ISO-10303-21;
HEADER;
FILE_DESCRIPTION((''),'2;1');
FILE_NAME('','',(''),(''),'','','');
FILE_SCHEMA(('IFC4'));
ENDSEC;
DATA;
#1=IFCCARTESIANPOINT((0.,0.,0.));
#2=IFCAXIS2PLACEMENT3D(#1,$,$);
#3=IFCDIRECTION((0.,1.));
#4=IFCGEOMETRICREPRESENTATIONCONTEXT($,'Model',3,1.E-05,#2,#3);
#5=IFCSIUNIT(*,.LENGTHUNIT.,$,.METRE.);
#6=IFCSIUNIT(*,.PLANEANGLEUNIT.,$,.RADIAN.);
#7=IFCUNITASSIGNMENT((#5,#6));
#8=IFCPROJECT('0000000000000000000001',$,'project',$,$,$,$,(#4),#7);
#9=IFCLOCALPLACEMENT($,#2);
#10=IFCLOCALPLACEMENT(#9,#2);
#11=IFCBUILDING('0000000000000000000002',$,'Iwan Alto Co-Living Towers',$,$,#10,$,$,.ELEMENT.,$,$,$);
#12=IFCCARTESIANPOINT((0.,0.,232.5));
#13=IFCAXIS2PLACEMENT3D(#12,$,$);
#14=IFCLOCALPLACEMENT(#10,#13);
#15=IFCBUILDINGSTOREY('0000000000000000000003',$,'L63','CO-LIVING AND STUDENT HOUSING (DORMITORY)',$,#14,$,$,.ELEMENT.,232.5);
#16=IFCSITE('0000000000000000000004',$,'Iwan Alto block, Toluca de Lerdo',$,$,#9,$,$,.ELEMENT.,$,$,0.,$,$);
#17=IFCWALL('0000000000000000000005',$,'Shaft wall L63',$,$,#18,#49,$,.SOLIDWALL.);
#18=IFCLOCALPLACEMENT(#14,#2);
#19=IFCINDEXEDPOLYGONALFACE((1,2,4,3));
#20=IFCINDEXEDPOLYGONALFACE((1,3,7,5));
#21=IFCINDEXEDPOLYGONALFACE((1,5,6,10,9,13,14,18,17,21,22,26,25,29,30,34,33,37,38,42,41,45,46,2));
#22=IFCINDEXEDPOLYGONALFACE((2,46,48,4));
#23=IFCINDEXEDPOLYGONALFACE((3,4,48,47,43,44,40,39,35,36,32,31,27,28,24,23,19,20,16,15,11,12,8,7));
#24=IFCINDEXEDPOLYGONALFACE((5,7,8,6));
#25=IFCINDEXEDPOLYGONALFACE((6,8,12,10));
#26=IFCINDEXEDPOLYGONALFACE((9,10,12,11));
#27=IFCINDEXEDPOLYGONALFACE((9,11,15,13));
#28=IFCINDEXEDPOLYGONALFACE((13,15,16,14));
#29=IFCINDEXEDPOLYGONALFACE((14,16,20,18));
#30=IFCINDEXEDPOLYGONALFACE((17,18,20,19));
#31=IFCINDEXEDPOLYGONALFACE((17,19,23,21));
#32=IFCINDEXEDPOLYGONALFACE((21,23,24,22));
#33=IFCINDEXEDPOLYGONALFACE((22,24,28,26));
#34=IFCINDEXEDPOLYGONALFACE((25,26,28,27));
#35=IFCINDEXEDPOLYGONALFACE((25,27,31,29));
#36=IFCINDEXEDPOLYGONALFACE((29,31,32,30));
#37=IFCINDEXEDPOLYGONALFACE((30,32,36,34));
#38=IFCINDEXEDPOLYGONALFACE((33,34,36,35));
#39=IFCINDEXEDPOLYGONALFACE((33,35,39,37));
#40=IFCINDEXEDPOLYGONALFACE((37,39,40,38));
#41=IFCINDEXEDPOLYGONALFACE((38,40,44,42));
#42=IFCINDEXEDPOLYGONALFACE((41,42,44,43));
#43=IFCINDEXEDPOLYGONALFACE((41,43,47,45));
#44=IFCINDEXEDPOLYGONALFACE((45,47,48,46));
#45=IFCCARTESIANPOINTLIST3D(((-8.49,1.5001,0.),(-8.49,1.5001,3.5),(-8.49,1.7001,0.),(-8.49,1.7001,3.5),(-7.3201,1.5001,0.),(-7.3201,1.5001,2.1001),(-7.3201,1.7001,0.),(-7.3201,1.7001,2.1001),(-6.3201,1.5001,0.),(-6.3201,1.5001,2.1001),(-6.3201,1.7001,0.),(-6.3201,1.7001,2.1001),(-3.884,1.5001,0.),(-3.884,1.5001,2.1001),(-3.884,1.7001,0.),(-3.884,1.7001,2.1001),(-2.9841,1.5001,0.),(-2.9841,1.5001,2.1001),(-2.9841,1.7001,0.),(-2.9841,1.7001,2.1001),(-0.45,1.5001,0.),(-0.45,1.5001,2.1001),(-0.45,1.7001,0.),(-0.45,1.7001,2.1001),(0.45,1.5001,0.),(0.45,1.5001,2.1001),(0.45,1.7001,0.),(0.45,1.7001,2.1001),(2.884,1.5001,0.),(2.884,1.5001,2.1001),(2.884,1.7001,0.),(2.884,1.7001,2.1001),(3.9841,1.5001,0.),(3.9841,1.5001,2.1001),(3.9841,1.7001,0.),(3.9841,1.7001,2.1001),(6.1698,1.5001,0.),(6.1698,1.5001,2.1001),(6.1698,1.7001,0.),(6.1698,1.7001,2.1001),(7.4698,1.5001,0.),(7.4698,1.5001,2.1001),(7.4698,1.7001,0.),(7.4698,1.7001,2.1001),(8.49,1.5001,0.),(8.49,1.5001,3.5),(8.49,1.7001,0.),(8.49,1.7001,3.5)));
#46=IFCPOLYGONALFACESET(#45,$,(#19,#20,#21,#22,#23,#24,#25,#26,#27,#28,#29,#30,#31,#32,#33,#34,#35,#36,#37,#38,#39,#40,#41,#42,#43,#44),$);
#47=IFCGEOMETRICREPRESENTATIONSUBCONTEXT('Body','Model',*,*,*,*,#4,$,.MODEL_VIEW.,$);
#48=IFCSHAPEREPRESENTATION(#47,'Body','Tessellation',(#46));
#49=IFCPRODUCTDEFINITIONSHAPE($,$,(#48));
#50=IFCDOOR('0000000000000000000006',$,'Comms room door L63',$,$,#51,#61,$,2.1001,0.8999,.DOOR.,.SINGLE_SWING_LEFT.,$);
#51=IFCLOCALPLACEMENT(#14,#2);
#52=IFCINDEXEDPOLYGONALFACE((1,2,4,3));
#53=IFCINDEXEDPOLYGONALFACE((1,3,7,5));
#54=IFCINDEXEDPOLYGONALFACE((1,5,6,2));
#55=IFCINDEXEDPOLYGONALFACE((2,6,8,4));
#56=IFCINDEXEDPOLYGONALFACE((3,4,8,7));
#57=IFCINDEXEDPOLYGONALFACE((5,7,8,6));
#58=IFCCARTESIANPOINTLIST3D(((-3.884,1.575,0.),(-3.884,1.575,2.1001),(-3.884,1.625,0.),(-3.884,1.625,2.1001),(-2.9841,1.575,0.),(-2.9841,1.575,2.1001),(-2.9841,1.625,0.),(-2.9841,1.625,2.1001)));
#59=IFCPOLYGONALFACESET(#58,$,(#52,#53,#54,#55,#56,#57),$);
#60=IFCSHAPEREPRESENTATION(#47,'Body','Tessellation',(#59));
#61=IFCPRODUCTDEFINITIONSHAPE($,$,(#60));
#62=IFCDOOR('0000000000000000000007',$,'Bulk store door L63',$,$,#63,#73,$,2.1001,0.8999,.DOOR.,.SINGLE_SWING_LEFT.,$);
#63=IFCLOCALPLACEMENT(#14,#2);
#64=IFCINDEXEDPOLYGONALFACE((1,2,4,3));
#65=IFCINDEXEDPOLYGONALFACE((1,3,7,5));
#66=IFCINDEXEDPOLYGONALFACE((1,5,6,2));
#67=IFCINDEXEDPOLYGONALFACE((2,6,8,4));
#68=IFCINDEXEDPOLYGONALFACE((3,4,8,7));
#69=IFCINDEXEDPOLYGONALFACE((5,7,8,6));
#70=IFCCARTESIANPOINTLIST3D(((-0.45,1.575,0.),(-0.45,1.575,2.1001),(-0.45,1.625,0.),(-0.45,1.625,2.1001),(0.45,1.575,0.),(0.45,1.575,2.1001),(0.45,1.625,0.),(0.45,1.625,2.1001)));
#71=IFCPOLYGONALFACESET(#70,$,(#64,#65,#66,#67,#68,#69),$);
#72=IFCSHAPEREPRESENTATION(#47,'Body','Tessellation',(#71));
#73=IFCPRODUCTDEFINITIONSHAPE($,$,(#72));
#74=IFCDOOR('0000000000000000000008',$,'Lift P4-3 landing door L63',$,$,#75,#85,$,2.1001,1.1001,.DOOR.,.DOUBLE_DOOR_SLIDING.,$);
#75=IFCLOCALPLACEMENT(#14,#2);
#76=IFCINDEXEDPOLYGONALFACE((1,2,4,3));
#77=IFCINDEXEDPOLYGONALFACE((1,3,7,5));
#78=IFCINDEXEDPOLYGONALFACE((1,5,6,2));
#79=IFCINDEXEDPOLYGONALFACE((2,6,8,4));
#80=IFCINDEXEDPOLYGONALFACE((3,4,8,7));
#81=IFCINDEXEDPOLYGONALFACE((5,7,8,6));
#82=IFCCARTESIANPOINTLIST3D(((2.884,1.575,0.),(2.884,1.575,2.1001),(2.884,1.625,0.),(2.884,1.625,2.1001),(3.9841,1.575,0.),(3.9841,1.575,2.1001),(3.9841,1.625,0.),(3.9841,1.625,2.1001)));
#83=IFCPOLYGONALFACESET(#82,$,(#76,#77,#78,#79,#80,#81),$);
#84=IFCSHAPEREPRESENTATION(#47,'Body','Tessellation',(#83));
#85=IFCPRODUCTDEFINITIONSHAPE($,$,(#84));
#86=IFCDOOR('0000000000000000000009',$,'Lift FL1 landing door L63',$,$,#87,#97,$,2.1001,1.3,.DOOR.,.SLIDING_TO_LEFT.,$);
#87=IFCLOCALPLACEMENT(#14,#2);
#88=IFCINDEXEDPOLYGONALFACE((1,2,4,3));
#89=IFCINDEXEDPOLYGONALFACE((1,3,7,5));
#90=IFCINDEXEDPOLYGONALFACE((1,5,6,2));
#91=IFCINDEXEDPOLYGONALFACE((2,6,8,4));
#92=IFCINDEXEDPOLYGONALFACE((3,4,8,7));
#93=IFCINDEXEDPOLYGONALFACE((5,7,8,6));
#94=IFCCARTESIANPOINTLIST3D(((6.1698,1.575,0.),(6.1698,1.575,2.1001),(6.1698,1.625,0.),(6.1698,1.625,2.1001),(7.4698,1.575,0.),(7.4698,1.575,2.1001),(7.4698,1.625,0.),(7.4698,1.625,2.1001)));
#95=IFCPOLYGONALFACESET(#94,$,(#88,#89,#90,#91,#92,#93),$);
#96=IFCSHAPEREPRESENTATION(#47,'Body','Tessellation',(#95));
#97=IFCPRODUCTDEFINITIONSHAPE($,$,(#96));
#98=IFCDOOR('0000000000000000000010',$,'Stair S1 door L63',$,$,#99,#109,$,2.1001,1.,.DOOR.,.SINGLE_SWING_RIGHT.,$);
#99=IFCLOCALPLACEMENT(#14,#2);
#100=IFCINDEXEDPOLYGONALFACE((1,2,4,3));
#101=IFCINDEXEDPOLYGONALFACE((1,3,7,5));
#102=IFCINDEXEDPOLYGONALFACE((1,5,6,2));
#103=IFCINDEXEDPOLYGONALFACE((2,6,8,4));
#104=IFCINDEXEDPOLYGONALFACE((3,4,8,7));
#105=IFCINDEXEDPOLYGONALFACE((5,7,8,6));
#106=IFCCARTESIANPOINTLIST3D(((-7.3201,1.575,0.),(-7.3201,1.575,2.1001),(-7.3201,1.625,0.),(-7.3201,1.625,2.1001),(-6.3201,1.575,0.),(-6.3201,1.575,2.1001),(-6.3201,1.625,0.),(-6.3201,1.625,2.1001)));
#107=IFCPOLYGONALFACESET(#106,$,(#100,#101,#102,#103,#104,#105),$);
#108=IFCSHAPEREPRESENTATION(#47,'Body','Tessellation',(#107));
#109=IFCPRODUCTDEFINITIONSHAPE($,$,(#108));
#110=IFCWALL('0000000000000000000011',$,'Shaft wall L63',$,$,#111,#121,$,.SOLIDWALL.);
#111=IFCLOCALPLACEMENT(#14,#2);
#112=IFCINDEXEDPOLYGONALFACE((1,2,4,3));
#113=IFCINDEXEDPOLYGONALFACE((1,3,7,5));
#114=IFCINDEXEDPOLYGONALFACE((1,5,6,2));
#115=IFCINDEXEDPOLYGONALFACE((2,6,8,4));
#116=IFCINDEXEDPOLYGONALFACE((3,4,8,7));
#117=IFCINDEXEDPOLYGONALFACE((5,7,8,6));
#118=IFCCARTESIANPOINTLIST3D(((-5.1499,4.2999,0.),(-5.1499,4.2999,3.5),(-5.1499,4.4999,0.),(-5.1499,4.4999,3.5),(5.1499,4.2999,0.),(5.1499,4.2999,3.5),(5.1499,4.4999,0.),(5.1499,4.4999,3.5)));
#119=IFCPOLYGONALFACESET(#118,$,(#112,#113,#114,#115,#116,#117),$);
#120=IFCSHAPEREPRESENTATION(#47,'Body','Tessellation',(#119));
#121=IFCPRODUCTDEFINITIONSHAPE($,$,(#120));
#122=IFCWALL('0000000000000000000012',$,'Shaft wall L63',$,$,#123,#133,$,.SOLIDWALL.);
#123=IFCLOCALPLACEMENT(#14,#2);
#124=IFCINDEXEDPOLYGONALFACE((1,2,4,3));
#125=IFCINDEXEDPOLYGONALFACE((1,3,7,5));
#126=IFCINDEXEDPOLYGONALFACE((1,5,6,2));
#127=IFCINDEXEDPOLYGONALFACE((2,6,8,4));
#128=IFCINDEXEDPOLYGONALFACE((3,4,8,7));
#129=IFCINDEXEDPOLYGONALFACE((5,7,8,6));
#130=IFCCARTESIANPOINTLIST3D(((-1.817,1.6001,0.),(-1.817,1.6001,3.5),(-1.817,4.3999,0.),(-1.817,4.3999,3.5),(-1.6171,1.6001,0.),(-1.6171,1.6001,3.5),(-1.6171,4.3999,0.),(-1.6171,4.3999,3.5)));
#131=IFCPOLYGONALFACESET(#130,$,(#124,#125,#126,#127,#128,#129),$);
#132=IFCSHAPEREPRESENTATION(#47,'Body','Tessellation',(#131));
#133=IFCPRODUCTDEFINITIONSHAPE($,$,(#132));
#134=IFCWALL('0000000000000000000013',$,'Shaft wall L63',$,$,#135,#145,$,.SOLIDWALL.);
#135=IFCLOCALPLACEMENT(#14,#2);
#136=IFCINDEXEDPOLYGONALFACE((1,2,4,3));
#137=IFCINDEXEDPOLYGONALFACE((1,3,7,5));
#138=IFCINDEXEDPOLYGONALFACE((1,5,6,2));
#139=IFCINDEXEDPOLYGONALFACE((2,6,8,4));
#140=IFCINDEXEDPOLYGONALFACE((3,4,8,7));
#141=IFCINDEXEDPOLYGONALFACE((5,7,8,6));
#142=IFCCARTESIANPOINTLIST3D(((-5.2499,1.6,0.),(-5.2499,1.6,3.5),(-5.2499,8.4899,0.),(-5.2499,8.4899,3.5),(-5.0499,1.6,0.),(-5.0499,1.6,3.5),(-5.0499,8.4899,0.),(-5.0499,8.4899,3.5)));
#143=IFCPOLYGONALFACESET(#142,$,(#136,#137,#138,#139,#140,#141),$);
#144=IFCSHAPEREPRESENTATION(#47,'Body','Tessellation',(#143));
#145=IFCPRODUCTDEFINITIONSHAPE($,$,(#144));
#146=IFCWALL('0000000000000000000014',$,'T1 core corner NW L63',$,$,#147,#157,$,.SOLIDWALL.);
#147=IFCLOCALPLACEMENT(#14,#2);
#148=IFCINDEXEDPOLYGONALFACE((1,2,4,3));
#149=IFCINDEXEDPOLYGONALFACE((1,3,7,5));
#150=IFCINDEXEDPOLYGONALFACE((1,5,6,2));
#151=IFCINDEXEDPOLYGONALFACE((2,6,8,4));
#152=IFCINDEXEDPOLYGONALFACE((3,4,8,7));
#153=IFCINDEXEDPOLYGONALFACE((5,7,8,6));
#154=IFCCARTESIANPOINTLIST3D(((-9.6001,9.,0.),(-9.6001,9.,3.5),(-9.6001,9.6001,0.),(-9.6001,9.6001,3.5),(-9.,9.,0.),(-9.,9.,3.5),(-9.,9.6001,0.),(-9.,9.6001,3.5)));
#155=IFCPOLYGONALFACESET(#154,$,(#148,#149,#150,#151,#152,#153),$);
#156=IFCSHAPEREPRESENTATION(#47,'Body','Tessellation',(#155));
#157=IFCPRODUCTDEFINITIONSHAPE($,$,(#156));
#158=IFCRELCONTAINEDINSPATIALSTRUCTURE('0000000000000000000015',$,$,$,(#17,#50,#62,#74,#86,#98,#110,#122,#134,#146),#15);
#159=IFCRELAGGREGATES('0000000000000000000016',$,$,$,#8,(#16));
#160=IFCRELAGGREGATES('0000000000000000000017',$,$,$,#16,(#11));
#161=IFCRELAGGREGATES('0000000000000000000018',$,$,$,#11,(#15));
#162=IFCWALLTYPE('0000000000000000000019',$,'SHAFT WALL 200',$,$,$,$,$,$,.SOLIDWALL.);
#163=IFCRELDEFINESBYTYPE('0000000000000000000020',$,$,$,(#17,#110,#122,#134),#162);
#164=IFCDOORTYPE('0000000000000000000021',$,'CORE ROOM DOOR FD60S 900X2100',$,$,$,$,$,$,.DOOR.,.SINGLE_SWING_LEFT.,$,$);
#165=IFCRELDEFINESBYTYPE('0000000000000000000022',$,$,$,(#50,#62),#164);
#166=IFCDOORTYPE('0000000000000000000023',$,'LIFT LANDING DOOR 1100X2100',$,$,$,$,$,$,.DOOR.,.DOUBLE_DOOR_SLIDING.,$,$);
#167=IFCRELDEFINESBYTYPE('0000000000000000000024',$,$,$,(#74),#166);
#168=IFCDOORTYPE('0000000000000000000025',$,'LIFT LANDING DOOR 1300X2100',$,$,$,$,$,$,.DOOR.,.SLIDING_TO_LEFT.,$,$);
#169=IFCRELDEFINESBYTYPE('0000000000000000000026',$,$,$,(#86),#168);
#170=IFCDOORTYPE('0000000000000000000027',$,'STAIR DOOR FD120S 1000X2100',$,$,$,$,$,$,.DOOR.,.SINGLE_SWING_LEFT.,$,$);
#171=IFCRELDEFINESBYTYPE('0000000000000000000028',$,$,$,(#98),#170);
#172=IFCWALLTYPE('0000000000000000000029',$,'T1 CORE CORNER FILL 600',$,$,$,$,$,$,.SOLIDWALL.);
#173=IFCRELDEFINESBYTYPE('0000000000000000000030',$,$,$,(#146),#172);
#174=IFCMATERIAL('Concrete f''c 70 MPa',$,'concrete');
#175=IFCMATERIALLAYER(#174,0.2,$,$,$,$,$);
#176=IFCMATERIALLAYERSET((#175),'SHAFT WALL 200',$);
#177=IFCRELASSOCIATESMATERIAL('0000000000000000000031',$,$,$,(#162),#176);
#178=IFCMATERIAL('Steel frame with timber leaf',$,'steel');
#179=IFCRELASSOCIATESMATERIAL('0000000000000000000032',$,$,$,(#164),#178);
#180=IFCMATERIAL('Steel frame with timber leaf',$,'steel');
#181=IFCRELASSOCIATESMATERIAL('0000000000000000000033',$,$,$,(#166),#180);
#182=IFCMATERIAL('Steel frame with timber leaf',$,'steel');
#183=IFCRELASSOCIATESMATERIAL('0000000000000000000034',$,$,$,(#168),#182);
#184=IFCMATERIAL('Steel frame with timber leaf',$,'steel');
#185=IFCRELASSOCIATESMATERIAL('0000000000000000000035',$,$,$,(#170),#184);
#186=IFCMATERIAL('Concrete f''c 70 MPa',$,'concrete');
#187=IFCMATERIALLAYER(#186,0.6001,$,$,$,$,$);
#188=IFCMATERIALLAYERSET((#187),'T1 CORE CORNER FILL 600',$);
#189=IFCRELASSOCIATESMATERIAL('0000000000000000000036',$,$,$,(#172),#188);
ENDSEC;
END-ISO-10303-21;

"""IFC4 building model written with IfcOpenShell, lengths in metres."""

from ifc_helpers import new_model, si_unit, direction, frame, frame_2d, origin, place, context, subcontext, project, spatial, rectangle, extrude, material, layer, layer_set, type_object, element, fill, save


model = new_model("IFC4")

# Units and contexts
model_context = context("Model", 3, precision=1e-05, world=origin(), true_north=direction((0.0, 1.0)))
body_context = subcontext(model_context, "Body", "Model", "MODEL_VIEW")
ifc_project = project(units=[si_unit("LENGTHUNIT", "METRE"), si_unit("PLANEANGLEUNIT", "RADIAN")], contexts=[model_context])

# Site, building, storey
site_placement = place(None, origin())
site = spatial("IfcSite", under=ifc_project, at=site_placement, Name="Iwan Alto block, Toluca de Lerdo", CompositionType="ELEMENT", RefElevation=0.0)
building_placement = place(site_placement, origin())
building = spatial("IfcBuilding", under=site, at=building_placement, Name="Iwan Alto Co-Living Towers", CompositionType="ELEMENT")
storey_placement = place(building_placement, frame((0.0, 0.0, 232.5)))
storey = spatial("IfcBuildingStorey", under=building, at=storey_placement, Name="L63", Description="CO-LIVING AND STUDENT HOUSING (DORMITORY)", CompositionType="ELEMENT", Elevation=232.5)

# Wall, openings, doors
ifc_material_1 = material(Name="Concrete f'c 70 MPa", Category="concrete")
ifc_layer_1 = layer(ifc_material_1, 0.2)
ifc_layer_set_1 = layer_set([ifc_layer_1], Name="SHAFT WALL 200")
wall_type_1 = type_object("IfcWallType", Name="SHAFT WALL 200", PredefinedType="SOLIDWALL", material=ifc_layer_set_1)
wall_1_placement = place(storey_placement, frame((-8.49, 1.6001, 0.0), z_axis=(0.0, 0.0, 1.0), x_axis=(1.0, 0.0, 0.0)))
wall_1 = element("IfcWall", 1, at=wall_1_placement, inside=storey, type_object=wall_type_1, Name="Shaft wall L63", PredefinedType="SOLIDWALL", context=body_context, shape_type="SweptSolid", body=[
    extrude(rectangle(XDim=16.98, YDim=0.2, at=frame_2d((8.49, 0.0))), origin(), (0.0, 0.0, 1.0), 3.5),
])
opening_1_placement = place(wall_1_placement, frame((1.1699, 0.0, 0.0)))
opening_1 = element("IfcOpeningElement", 2, at=opening_1_placement, cuts=wall_1, PredefinedType="OPENING", context=body_context, shape_type="SweptSolid", body=[
    extrude(rectangle(XDim=1.0, YDim=2.1001, at=frame_2d((0.5, 1.05))), frame((0.0, 0.1099, 0.0), z_axis=(0.0, -1.0, 0.0), x_axis=(1.0, 0.0, 0.0)), (0.0, 0.0, 1.0), 0.22),
])
opening_2_placement = place(wall_1_placement, frame((4.606, 0.0, 0.0)))
opening_2 = element("IfcOpeningElement", 3, at=opening_2_placement, cuts=wall_1, PredefinedType="OPENING", context=body_context, shape_type="SweptSolid", body=[
    extrude(rectangle(XDim=0.8999, YDim=2.1001, at=frame_2d((0.45, 1.05))), frame((0.0, 0.1099, 0.0), z_axis=(0.0, -1.0, 0.0), x_axis=(1.0, 0.0, 0.0)), (0.0, 0.0, 1.0), 0.22),
])
opening_3_placement = place(wall_1_placement, frame((8.04, 0.0, 0.0)))
opening_3 = element("IfcOpeningElement", 4, at=opening_3_placement, cuts=wall_1, PredefinedType="OPENING", context=body_context, shape_type="SweptSolid", body=[
    extrude(rectangle(XDim=0.8999, YDim=2.1001, at=frame_2d((0.45, 1.05))), frame((0.0, 0.1099, 0.0), z_axis=(0.0, -1.0, 0.0), x_axis=(1.0, 0.0, 0.0)), (0.0, 0.0, 1.0), 0.22),
])
opening_4_placement = place(wall_1_placement, frame((11.374, 0.0, 0.0)))
opening_4 = element("IfcOpeningElement", 5, at=opening_4_placement, cuts=wall_1, PredefinedType="OPENING", context=body_context, shape_type="SweptSolid", body=[
    extrude(rectangle(XDim=1.1001, YDim=2.1001, at=frame_2d((0.55, 1.05))), frame((0.0, 0.1099, 0.0), z_axis=(0.0, -1.0, 0.0), x_axis=(1.0, 0.0, 0.0)), (0.0, 0.0, 1.0), 0.22),
])
opening_5_placement = place(wall_1_placement, frame((14.6599, 0.0, 0.0)))
opening_5 = element("IfcOpeningElement", 6, at=opening_5_placement, cuts=wall_1, PredefinedType="OPENING", context=body_context, shape_type="SweptSolid", body=[
    extrude(rectangle(XDim=1.3, YDim=2.1001, at=frame_2d((0.6499, 1.05))), frame((0.0, 0.1099, 0.0), z_axis=(0.0, -1.0, 0.0), x_axis=(1.0, 0.0, 0.0)), (0.0, 0.0, 1.0), 0.22),
])
ifc_material_2 = material(Name="Steel frame with timber leaf", Category="steel")
door_type_1 = type_object("IfcDoorType", Name="CORE ROOM DOOR FD60S 900X2100", OperationType="SINGLE_SWING_LEFT", PredefinedType="DOOR", material=ifc_material_2)
door_1_placement = place(opening_2_placement, origin())
door_1 = element("IfcDoor", 7, at=door_1_placement, inside=storey, type_object=door_type_1, Name="Comms room door L63", OperationType="SINGLE_SWING_LEFT", OverallHeight=2.1001, OverallWidth=0.8999, PredefinedType="DOOR", context=body_context, shape_type="SweptSolid", body=[
    extrude(rectangle(XDim=0.8999, YDim=2.1001, at=frame_2d((0.45, 1.05))), frame((0.0, 0.0249, 0.0), z_axis=(0.0, -1.0, 0.0), x_axis=(1.0, 0.0, 0.0)), (0.0, 0.0, 1.0), 0.05),
])
fill(opening_2, door_1)
door_2_placement = place(opening_3_placement, origin())
door_2 = element("IfcDoor", 8, at=door_2_placement, inside=storey, type_object=door_type_1, Name="Bulk store door L63", OperationType="SINGLE_SWING_LEFT", OverallHeight=2.1001, OverallWidth=0.8999, PredefinedType="DOOR", context=body_context, shape_type="SweptSolid", body=[
    extrude(rectangle(XDim=0.8999, YDim=2.1001, at=frame_2d((0.45, 1.05))), frame((0.0, 0.0249, 0.0), z_axis=(0.0, -1.0, 0.0), x_axis=(1.0, 0.0, 0.0)), (0.0, 0.0, 1.0), 0.05),
])
fill(opening_3, door_2)
ifc_material_3 = material(Name="Steel frame with timber leaf", Category="steel")
door_type_2 = type_object("IfcDoorType", Name="LIFT LANDING DOOR 1100X2100", OperationType="DOUBLE_DOOR_SLIDING", PredefinedType="DOOR", material=ifc_material_3)
door_3_placement = place(opening_4_placement, origin())
door_3 = element("IfcDoor", 9, at=door_3_placement, inside=storey, type_object=door_type_2, Name="Lift P4-3 landing door L63", OperationType="DOUBLE_DOOR_SLIDING", OverallHeight=2.1001, OverallWidth=1.1001, PredefinedType="DOOR", context=body_context, shape_type="SweptSolid", body=[
    extrude(rectangle(XDim=1.1001, YDim=2.1001, at=frame_2d((0.55, 1.05))), frame((0.0, 0.0249, 0.0), z_axis=(0.0, -1.0, 0.0), x_axis=(1.0, 0.0, 0.0)), (0.0, 0.0, 1.0), 0.05),
])
fill(opening_4, door_3)
ifc_material_4 = material(Name="Steel frame with timber leaf", Category="steel")
door_type_3 = type_object("IfcDoorType", Name="LIFT LANDING DOOR 1300X2100", OperationType="SLIDING_TO_LEFT", PredefinedType="DOOR", material=ifc_material_4)
door_4_placement = place(opening_5_placement, origin())
door_4 = element("IfcDoor", 10, at=door_4_placement, inside=storey, type_object=door_type_3, Name="Lift FL1 landing door L63", OperationType="SLIDING_TO_LEFT", OverallHeight=2.1001, OverallWidth=1.3, PredefinedType="DOOR", context=body_context, shape_type="SweptSolid", body=[
    extrude(rectangle(XDim=1.3, YDim=2.1001, at=frame_2d((0.6499, 1.05))), frame((0.0, 0.0249, 0.0), z_axis=(0.0, -1.0, 0.0), x_axis=(1.0, 0.0, 0.0)), (0.0, 0.0, 1.0), 0.05),
])
fill(opening_5, door_4)
ifc_material_5 = material(Name="Steel frame with timber leaf", Category="steel")
door_type_4 = type_object("IfcDoorType", Name="STAIR DOOR FD120S 1000X2100", OperationType="SINGLE_SWING_LEFT", PredefinedType="DOOR", material=ifc_material_5)
door_5_placement = place(opening_1_placement, origin())
door_5 = element("IfcDoor", 11, at=door_5_placement, inside=storey, type_object=door_type_4, Name="Stair S1 door L63", OperationType="SINGLE_SWING_RIGHT", OverallHeight=2.1001, OverallWidth=1.0, PredefinedType="DOOR", context=body_context, shape_type="SweptSolid", body=[
    extrude(rectangle(XDim=1.0, YDim=2.1001, at=frame_2d((0.5, 1.05))), frame((0.0, 0.0249, 0.0), z_axis=(0.0, -1.0, 0.0), x_axis=(1.0, 0.0, 0.0)), (0.0, 0.0, 1.0), 0.05),
])
fill(opening_1, door_5)

# Walls
wall_2_placement = place(storey_placement, frame((-5.1499, 4.3999, 0.0), z_axis=(0.0, 0.0, 1.0), x_axis=(1.0, 0.0, 0.0)))
element("IfcWall", 12, at=wall_2_placement, inside=storey, type_object=wall_type_1, Name="Shaft wall L63", PredefinedType="SOLIDWALL", context=body_context, shape_type="SweptSolid", body=[
    extrude(rectangle(XDim=10.2998, YDim=0.2, at=frame_2d((5.1499, 0.0))), origin(), (0.0, 0.0, 1.0), 3.5),
])
wall_3_placement = place(storey_placement, frame((-1.717, 1.6001, 0.0), z_axis=(0.0, 0.0, 1.0), x_axis=(0.0, 1.0, 0.0)))
element("IfcWall", 13, at=wall_3_placement, inside=storey, type_object=wall_type_1, Name="Shaft wall L63", PredefinedType="SOLIDWALL", context=body_context, shape_type="SweptSolid", body=[
    extrude(rectangle(XDim=2.7998, YDim=0.2, at=frame_2d((1.3999, 0.0))), origin(), (0.0, 0.0, 1.0), 3.5),
])
wall_4_placement = place(storey_placement, frame((-5.1499, 1.6001, 0.0), z_axis=(0.0, 0.0, 1.0), x_axis=(0.0, 1.0, 0.0)))
element("IfcWall", 14, at=wall_4_placement, inside=storey, type_object=wall_type_1, Name="Shaft wall L63", PredefinedType="SOLIDWALL", context=body_context, shape_type="SweptSolid", body=[
    extrude(rectangle(XDim=6.8899, YDim=0.2, at=frame_2d((3.4448, 0.0))), origin(), (0.0, 0.0, 1.0), 3.5),
])
ifc_material_6 = material(Name="Concrete f'c 70 MPa", Category="concrete")
ifc_layer_2 = layer(ifc_material_6, 0.6001)
ifc_layer_set_2 = layer_set([ifc_layer_2], Name="T1 CORE CORNER FILL 600")
wall_type_2 = type_object("IfcWallType", Name="T1 CORE CORNER FILL 600", PredefinedType="SOLIDWALL", material=ifc_layer_set_2)
wall_5_placement = place(storey_placement, frame((-9.6001, 9.3, 0.0), z_axis=(0.0, 0.0, 1.0), x_axis=(1.0, 0.0, 0.0)))
element("IfcWall", 15, at=wall_5_placement, inside=storey, type_object=wall_type_2, Name="T1 core corner NW L63", PredefinedType="SOLIDWALL", context=body_context, shape_type="SweptSolid", body=[
    extrude(rectangle(XDim=0.6001, YDim=0.6001, at=frame_2d((0.3, 0.0))), origin(), (0.0, 0.0, 1.0), 3.5),
])

save(model, "model.ifc")
